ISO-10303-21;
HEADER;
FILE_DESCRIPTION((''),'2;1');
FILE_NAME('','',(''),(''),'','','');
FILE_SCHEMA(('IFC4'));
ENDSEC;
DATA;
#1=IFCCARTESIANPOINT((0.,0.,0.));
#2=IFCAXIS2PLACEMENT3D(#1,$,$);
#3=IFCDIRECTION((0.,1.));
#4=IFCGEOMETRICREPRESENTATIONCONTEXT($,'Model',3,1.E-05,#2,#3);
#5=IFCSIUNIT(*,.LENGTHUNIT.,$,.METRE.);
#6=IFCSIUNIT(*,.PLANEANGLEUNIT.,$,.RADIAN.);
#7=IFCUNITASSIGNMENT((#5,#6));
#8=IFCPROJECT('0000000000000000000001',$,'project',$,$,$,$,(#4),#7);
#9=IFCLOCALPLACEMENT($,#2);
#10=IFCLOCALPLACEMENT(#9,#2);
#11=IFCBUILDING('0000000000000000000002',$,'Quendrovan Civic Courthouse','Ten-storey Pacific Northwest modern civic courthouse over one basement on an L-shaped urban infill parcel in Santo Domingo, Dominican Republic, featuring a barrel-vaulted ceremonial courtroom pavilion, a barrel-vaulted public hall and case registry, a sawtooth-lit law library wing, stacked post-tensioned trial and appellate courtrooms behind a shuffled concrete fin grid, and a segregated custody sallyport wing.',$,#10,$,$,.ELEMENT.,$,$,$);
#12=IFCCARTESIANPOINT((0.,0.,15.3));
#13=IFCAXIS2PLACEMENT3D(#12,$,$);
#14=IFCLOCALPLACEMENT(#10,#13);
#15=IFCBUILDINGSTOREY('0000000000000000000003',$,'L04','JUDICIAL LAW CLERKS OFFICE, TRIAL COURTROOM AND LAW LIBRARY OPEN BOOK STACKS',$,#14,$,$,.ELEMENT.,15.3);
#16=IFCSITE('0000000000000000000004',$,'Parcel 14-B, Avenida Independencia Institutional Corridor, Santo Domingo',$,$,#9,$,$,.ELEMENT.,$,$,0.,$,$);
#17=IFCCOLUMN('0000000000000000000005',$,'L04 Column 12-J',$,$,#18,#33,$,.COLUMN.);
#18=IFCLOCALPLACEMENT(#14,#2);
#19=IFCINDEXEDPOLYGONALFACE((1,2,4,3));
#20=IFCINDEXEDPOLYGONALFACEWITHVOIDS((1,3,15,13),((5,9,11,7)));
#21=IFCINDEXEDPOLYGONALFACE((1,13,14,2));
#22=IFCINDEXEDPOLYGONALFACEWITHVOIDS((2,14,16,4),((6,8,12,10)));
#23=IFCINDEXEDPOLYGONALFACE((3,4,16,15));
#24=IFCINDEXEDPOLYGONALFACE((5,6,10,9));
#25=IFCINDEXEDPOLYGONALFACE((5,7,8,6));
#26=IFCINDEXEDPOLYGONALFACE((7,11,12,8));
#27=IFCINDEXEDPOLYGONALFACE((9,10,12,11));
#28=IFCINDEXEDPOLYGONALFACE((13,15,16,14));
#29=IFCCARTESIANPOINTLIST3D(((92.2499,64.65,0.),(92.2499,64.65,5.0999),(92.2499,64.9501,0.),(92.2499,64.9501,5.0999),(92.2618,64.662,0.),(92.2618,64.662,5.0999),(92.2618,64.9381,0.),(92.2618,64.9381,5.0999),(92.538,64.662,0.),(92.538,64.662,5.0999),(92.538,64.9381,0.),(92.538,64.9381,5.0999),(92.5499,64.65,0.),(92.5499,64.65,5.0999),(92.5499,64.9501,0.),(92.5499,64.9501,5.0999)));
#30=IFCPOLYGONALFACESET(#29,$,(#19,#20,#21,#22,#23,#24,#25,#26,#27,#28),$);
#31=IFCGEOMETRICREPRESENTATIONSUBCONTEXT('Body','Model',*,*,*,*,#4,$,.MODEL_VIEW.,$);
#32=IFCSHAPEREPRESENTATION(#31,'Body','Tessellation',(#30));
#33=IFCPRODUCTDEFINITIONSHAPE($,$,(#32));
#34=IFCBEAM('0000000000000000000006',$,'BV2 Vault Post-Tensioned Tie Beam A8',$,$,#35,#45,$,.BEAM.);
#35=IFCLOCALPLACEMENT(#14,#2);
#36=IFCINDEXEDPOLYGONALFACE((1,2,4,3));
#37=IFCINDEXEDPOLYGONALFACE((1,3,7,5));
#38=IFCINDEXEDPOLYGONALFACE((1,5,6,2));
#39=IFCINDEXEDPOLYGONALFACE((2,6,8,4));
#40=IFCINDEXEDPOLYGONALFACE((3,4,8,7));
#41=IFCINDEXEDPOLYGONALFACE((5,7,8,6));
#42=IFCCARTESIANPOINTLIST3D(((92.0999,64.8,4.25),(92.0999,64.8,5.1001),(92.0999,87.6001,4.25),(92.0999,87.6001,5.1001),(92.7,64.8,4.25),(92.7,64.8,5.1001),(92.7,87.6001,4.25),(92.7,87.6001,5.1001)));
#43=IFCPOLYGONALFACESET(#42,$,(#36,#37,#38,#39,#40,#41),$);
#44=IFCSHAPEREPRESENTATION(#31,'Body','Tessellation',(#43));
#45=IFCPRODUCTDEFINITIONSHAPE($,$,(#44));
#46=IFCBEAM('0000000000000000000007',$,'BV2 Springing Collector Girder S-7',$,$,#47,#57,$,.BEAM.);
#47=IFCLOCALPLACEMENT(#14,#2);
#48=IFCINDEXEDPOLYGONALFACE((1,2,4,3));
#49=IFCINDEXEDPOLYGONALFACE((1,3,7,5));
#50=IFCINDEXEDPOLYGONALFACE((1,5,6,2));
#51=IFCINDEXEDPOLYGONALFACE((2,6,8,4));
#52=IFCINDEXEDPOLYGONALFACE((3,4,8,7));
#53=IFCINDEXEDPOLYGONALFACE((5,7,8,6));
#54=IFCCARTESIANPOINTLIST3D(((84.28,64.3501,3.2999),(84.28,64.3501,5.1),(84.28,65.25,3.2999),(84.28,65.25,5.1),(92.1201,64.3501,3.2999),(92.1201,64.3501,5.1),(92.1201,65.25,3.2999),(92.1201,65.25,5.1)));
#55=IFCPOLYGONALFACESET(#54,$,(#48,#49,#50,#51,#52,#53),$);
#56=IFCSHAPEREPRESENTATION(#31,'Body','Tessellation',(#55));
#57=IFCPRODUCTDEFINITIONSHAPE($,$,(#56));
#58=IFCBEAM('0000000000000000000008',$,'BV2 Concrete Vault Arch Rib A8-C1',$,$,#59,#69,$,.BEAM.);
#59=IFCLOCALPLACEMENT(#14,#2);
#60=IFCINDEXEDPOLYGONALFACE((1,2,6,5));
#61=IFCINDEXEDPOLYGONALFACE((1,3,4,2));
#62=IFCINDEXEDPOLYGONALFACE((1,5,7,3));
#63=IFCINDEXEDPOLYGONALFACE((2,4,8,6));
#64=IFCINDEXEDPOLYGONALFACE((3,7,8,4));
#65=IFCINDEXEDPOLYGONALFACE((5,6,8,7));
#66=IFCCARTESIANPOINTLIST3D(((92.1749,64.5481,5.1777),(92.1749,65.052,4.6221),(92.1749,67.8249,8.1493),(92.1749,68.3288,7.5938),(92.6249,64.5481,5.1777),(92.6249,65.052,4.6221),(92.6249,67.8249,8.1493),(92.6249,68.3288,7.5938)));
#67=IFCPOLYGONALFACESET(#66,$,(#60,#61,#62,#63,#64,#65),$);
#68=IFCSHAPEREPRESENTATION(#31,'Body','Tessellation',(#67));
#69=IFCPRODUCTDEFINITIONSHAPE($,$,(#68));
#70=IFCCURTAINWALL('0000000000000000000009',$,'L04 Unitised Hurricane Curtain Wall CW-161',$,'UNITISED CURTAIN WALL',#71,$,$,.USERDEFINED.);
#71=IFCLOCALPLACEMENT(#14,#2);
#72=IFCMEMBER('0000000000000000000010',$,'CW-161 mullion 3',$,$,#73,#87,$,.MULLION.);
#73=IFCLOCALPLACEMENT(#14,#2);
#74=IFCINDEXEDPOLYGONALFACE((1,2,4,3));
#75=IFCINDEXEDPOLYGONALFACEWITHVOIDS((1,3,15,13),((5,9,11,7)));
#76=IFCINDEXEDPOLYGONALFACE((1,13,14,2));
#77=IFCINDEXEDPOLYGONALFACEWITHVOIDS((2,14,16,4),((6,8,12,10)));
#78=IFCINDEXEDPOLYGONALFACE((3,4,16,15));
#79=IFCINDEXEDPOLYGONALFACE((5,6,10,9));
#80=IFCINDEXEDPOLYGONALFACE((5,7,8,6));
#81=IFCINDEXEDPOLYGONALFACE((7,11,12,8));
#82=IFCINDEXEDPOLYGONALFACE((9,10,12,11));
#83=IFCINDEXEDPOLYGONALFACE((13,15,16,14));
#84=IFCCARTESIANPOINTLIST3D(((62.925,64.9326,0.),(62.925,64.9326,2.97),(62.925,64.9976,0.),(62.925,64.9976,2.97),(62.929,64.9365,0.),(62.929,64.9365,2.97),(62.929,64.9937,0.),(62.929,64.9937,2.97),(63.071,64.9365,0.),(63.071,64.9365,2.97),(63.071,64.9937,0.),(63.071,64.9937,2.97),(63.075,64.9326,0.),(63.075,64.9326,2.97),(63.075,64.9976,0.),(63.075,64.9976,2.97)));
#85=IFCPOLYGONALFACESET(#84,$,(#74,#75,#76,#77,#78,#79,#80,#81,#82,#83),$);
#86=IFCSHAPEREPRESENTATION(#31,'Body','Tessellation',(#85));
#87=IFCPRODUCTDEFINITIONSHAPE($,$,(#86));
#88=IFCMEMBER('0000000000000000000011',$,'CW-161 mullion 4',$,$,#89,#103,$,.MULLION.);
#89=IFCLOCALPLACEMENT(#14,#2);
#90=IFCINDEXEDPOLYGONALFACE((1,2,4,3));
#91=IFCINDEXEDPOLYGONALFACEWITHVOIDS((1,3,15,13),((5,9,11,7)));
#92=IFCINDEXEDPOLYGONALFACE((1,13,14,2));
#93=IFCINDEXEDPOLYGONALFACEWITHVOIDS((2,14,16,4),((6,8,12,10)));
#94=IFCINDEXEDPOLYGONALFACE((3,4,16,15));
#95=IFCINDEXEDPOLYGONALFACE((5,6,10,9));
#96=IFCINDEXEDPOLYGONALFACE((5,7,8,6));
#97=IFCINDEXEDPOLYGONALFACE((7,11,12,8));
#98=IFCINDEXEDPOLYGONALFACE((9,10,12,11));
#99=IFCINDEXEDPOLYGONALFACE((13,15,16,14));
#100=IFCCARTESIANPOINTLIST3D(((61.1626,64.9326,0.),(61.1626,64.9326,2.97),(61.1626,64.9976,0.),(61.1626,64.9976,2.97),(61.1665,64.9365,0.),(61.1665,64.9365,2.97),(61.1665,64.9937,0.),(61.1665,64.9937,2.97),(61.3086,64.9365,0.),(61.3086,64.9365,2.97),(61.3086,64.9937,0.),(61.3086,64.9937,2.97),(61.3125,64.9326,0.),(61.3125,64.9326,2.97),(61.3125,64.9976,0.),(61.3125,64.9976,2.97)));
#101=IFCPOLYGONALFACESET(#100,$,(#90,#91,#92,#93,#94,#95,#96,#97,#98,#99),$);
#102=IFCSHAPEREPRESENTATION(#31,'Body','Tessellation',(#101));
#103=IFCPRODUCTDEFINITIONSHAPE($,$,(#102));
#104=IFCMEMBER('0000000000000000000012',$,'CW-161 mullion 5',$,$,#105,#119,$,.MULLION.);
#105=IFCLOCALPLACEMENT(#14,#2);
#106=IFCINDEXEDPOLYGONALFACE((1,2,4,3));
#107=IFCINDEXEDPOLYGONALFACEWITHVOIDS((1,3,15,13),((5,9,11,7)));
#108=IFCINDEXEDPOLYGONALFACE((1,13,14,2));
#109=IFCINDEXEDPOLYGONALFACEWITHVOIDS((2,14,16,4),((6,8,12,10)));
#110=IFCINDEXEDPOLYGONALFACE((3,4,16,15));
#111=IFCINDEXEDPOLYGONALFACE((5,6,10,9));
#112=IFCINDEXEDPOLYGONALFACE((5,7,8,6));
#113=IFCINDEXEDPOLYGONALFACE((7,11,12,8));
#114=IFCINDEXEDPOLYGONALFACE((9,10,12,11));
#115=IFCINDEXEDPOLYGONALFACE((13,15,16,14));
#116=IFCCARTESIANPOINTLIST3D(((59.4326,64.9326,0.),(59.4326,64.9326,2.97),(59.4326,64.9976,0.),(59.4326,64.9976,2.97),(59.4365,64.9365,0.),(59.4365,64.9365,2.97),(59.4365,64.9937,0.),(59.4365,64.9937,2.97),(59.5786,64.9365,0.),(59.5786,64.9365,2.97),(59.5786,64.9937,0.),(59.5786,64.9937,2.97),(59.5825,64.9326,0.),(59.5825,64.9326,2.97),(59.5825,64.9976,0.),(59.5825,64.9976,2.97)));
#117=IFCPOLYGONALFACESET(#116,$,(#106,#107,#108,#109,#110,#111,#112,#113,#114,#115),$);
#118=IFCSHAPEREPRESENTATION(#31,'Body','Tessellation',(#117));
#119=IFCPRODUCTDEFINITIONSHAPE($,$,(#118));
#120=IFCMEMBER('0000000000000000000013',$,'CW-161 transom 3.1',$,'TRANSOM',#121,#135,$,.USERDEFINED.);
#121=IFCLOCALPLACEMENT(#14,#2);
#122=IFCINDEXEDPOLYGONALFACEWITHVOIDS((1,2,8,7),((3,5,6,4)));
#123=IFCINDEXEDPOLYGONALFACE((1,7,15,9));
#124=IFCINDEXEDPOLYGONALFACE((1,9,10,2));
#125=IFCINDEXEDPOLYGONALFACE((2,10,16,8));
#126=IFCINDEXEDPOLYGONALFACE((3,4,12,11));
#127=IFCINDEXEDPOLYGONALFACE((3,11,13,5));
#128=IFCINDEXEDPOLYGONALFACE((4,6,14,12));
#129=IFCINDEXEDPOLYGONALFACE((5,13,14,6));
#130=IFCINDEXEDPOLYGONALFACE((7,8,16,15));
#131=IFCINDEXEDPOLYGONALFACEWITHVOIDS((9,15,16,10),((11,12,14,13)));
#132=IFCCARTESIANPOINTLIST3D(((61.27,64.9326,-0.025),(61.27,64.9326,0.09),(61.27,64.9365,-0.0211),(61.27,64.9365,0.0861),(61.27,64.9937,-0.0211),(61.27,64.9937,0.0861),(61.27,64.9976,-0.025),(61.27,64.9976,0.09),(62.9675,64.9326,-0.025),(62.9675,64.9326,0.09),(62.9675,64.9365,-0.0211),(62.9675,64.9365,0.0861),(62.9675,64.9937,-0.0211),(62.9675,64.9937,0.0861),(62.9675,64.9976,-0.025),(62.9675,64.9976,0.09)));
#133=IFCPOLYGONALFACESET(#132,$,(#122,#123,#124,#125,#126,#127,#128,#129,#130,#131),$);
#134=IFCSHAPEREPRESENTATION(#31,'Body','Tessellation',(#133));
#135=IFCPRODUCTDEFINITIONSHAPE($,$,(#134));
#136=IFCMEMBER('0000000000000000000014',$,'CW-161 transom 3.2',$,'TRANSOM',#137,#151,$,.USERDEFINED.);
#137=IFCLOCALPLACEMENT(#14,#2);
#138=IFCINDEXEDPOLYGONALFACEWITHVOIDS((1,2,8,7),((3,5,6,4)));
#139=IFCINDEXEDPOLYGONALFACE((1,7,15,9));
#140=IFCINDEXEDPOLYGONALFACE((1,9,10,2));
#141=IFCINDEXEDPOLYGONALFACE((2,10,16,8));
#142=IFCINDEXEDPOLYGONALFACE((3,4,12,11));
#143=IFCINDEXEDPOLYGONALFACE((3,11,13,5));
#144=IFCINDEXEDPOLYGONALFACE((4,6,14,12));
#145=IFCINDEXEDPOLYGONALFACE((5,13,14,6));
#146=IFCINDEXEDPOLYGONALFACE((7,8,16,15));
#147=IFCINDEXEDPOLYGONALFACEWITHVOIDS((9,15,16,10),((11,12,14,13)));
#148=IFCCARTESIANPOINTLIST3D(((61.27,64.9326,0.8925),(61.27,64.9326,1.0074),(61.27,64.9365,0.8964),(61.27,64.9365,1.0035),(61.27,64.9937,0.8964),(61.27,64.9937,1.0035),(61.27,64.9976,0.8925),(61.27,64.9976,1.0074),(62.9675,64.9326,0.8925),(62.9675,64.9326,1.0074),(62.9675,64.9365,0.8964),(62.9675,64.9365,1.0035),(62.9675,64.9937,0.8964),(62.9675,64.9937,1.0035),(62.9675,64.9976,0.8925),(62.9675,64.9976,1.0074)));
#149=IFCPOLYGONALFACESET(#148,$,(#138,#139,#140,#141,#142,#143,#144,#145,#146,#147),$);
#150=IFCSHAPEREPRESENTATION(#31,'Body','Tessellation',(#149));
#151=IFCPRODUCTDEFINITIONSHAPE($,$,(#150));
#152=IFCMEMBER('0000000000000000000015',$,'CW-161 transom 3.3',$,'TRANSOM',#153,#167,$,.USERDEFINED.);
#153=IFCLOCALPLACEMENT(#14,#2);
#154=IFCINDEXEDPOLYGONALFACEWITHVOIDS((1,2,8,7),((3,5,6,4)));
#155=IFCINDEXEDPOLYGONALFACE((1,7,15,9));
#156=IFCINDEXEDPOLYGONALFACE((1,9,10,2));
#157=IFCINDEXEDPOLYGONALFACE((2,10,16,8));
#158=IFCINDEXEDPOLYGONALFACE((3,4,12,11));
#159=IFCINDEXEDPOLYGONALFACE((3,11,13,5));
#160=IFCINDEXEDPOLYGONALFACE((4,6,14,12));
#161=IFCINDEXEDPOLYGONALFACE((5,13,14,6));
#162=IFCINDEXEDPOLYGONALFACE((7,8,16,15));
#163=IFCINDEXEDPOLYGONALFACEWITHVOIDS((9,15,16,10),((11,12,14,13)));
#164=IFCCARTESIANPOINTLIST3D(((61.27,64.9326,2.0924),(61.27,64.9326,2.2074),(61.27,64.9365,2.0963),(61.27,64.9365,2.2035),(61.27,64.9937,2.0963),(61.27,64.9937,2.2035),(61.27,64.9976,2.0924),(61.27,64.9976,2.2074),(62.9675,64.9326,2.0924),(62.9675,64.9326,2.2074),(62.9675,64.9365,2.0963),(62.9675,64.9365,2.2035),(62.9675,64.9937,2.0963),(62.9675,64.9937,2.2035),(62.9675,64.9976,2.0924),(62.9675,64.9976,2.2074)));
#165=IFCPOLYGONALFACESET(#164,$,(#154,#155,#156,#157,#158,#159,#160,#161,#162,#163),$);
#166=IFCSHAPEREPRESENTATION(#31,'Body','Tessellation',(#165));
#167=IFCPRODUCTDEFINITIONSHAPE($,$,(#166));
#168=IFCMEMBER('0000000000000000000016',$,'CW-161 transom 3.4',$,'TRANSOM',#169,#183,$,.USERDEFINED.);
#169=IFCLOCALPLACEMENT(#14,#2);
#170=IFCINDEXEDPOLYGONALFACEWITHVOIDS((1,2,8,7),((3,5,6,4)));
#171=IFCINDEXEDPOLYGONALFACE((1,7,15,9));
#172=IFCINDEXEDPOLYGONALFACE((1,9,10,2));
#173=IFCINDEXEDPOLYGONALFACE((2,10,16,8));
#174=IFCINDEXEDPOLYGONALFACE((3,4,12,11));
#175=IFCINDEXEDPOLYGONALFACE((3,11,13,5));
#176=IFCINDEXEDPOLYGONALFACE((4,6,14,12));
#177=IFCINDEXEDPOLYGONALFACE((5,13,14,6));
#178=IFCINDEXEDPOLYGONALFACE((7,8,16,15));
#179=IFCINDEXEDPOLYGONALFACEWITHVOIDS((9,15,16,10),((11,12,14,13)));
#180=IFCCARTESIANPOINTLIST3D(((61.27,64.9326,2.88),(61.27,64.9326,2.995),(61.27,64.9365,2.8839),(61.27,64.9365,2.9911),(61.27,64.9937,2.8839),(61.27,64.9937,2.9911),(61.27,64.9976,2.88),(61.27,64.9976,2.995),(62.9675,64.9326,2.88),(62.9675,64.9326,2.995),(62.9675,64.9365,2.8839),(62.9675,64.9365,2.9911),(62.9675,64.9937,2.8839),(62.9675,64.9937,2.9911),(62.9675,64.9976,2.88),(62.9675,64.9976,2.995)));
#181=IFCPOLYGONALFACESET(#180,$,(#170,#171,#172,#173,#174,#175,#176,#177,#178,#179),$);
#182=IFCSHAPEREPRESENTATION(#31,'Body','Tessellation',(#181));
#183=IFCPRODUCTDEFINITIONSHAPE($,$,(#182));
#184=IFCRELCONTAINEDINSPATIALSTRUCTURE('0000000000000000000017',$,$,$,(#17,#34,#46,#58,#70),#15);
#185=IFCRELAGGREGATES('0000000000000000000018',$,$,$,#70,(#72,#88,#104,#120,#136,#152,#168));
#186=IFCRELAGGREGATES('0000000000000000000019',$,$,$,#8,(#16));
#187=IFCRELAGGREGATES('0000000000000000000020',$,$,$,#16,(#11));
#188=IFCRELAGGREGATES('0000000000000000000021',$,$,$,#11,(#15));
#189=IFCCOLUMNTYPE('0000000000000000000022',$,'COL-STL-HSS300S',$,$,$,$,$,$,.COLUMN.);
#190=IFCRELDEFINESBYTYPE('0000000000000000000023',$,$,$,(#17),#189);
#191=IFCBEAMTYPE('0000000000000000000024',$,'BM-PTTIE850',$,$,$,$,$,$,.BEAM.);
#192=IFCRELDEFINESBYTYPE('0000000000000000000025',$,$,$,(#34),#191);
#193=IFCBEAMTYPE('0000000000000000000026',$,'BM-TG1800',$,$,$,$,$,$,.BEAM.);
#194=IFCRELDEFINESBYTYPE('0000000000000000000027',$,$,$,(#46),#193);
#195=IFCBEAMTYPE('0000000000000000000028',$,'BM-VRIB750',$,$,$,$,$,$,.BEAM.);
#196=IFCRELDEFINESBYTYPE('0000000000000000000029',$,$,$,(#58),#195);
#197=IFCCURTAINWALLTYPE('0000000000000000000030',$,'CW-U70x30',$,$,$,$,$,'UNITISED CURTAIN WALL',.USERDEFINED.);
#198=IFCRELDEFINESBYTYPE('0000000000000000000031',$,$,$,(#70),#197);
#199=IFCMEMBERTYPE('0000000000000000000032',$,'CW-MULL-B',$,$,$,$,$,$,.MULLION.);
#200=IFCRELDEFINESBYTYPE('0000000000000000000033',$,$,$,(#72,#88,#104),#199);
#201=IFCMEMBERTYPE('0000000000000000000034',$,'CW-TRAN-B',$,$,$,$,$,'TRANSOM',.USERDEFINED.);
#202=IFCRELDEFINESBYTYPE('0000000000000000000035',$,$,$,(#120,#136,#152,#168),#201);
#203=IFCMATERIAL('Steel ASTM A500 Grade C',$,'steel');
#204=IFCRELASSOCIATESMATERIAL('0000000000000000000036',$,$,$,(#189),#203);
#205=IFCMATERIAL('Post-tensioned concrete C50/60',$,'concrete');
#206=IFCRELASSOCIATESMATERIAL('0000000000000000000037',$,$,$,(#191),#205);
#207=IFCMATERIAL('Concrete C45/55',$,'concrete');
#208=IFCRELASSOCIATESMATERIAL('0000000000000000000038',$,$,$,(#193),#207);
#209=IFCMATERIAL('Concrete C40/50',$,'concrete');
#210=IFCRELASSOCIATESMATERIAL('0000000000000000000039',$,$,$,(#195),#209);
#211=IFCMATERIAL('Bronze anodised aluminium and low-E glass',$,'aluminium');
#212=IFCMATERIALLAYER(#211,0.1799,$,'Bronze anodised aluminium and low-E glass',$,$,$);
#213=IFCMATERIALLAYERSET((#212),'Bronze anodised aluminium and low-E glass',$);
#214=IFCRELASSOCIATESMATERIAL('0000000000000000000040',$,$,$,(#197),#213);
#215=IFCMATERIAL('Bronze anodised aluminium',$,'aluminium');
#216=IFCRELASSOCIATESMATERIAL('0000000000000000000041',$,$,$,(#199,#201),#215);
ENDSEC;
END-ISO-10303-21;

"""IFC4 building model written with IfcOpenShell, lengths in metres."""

from ifc_helpers import new_model, si_unit, direction, frame, origin, origin_2d, place, context, subcontext, project, spatial, rectangle, hollow_rectangle, extrude, material, layer, layer_set, material_profile, profile_set, type_object, element, aggregate, save


model = new_model("IFC4")

# Units and contexts
model_context = context("Model", 3, precision=1e-05, world=origin(), true_north=direction((0.0, 1.0)))
body_context = subcontext(model_context, "Body", "Model", "MODEL_VIEW")
ifc_project = project(units=[si_unit("LENGTHUNIT", "METRE"), si_unit("PLANEANGLEUNIT", "RADIAN")], contexts=[model_context])

# Site, building, storey
site_placement = place(None, origin())
site = spatial("IfcSite", under=ifc_project, at=site_placement, Name="Parcel 14-B, Avenida Independencia Institutional Corridor, Santo Domingo", CompositionType="ELEMENT", RefElevation=0.0)
building_placement = place(site_placement, origin())
building = spatial("IfcBuilding", under=site, at=building_placement, Name="Quendrovan Civic Courthouse", Description="Ten-storey Pacific Northwest modern civic courthouse over one basement on an L-shaped urban infill parcel in Santo Domingo, Dominican Republic, featuring a barrel-vaulted ceremonial courtroom pavilion, a barrel-vaulted public hall and case registry, a sawtooth-lit law library wing, stacked post-tensioned trial and appellate courtrooms behind a shuffled concrete fin grid, and a segregated custody sallyport wing.", CompositionType="ELEMENT")
storey_placement = place(building_placement, frame((0.0, 0.0, 15.3)))
storey = spatial("IfcBuildingStorey", under=building, at=storey_placement, Name="L04", Description="JUDICIAL LAW CLERKS OFFICE, TRIAL COURTROOM AND LAW LIBRARY OPEN BOOK STACKS", CompositionType="ELEMENT", Elevation=15.3)

# Column
ifc_material_1 = material(Name="Steel ASTM A500 Grade C", Category="steel")
ifc_material_profile_1 = material_profile(ifc_material_1, hollow_rectangle(XDim=0.3, YDim=0.3, WallThickness=0.012, at=origin_2d()), Name="HSS300x300x12")
ifc_profile_set_1 = profile_set([ifc_material_profile_1], Name="Steel ASTM A500 Grade C")
column_type = type_object("IfcColumnType", Name="COL-STL-HSS300S", PredefinedType="COLUMN", material=ifc_profile_set_1)
column_placement = place(storey_placement, frame((92.3999, 64.8, 0.0), z_axis=(0.0, 0.0, 1.0), x_axis=(1.0, 0.0, 0.0)))
element("IfcColumn", 1, at=column_placement, inside=storey, type_object=column_type, Name="L04 Column 12-J", PredefinedType="COLUMN", context=body_context, shape_type="SweptSolid", body=[
    extrude(hollow_rectangle(XDim=0.3, YDim=0.3, WallThickness=0.012, at=origin_2d()), origin(), (0.0, 0.0, 1.0), 5.0999),
])

# Beams
ifc_material_2 = material(Name="Post-tensioned concrete C50/60", Category="concrete")
ifc_material_profile_2 = material_profile(ifc_material_2, rectangle(XDim=0.6001, YDim=0.8501, at=origin_2d()), Name="PT-TIE-600x850")
ifc_profile_set_2 = profile_set([ifc_material_profile_2], Name="Post-tensioned concrete C50/60")
beam_type_1 = type_object("IfcBeamType", Name="BM-PTTIE850", PredefinedType="BEAM", material=ifc_profile_set_2)
beam_1_placement = place(storey_placement, frame((92.3999, 64.8, 4.675), z_axis=(0.0, 1.0, 0.0), x_axis=(-1.0, 0.0, 0.0)))
element("IfcBeam", 2, at=beam_1_placement, inside=storey, type_object=beam_type_1, Name="BV2 Vault Post-Tensioned Tie Beam A8", PredefinedType="BEAM", context=body_context, shape_type="SweptSolid", body=[
    extrude(rectangle(XDim=0.6001, YDim=0.8501, at=origin_2d()), origin(), (0.0, 0.0, 1.0), 22.8),
])
ifc_material_3 = material(Name="Concrete C45/55", Category="concrete")
ifc_material_profile_3 = material_profile(ifc_material_3, rectangle(XDim=0.8999, YDim=1.8, at=origin_2d()), Name="RC-TG-900x1800")
ifc_profile_set_3 = profile_set([ifc_material_profile_3], Name="Concrete C45/55")
beam_type_2 = type_object("IfcBeamType", Name="BM-TG1800", PredefinedType="BEAM", material=ifc_profile_set_3)
beam_2_placement = place(storey_placement, frame((84.28, 64.8, 4.2), z_axis=(1.0, 0.0, 0.0), x_axis=(0.0, 1.0, 0.0)))
element("IfcBeam", 3, at=beam_2_placement, inside=storey, type_object=beam_type_2, Name="BV2 Springing Collector Girder S-7", PredefinedType="BEAM", context=body_context, shape_type="SweptSolid", body=[
    extrude(rectangle(XDim=0.8999, YDim=1.8, at=origin_2d()), origin(), (0.0, 0.0, 1.0), 7.8401),
])
ifc_material_4 = material(Name="Concrete C40/50", Category="concrete")
ifc_material_profile_4 = material_profile(ifc_material_4, rectangle(XDim=0.45, YDim=0.75, at=origin_2d()), Name="RC-VRIB-450x750")
ifc_profile_set_4 = profile_set([ifc_material_profile_4], Name="Concrete C40/50")
beam_type_3 = type_object("IfcBeamType", Name="BM-VRIB750", PredefinedType="BEAM", material=ifc_profile_set_4)
beam_3_placement = place(storey_placement, frame((92.3999, 64.8, 4.8999), z_axis=(0.0, 0.740759, 0.671771), x_axis=(-1.0, 0.0, 0.0)))
element("IfcBeam", 4, at=beam_3_placement, inside=storey, type_object=beam_type_3, Name="BV2 Concrete Vault Arch Rib A8-C1", PredefinedType="BEAM", context=body_context, shape_type="SweptSolid", body=[
    extrude(rectangle(XDim=0.45, YDim=0.75, at=origin_2d()), origin(), (0.0, 0.0, 1.0), 4.4236),
])

# Curtain wall, members
ifc_material_5 = material(Name="Bronze anodised aluminium and low-E glass", Category="aluminium")
ifc_layer_1 = layer(ifc_material_5, 0.1799, Name="Bronze anodised aluminium and low-E glass")
ifc_layer_set_1 = layer_set([ifc_layer_1], Name="Bronze anodised aluminium and low-E glass")
curtain_wall_type = type_object("IfcCurtainWallType", Name="CW-U70x30", ElementType="UNITISED CURTAIN WALL", PredefinedType="USERDEFINED", material=ifc_layer_set_1)
curtain_wall_placement = place(storey_placement, origin())
curtain_wall = element("IfcCurtainWall", 5, at=curtain_wall_placement, inside=storey, type_object=curtain_wall_type, Name="L04 Unitised Hurricane Curtain Wall CW-161", ObjectType="UNITISED CURTAIN WALL", PredefinedType="USERDEFINED")
ifc_material_6 = material(Name="Bronze anodised aluminium", Category="aluminium")
ifc_material_profile_5 = material_profile(ifc_material_6, hollow_rectangle(XDim=0.0649, YDim=0.1499, WallThickness=0.0039, at=origin_2d()), Name="CW-MULL-65x150")
ifc_profile_set_5 = profile_set([ifc_material_profile_5], Name="Bronze anodised aluminium")
member_type_1 = type_object("IfcMemberType", Name="CW-MULL-B", PredefinedType="MULLION", material=ifc_profile_set_5)
member_1_placement = place(storey_placement, frame((63.0, 64.9651, 0.0), z_axis=(0.0, 0.0, 1.0), x_axis=(0.0, -1.0, 0.0)))
member_1 = element("IfcMember", 6, at=member_1_placement, type_object=member_type_1, Name="CW-161 mullion 3", PredefinedType="MULLION", context=body_context, shape_type="SweptSolid", body=[
    extrude(hollow_rectangle(XDim=0.0649, YDim=0.1499, WallThickness=0.0039, at=origin_2d()), origin(), (0.0, 0.0, 1.0), 2.97),
])
member_2_placement = place(storey_placement, frame((61.2375, 64.9651, 0.0), z_axis=(0.0, 0.0, 1.0), x_axis=(0.0, -1.0, 0.0)))
member_2 = element("IfcMember", 7, at=member_2_placement, type_object=member_type_1, Name="CW-161 mullion 4", PredefinedType="MULLION", context=body_context, shape_type="SweptSolid", body=[
    extrude(hollow_rectangle(XDim=0.0649, YDim=0.1499, WallThickness=0.0039, at=origin_2d()), origin(), (0.0, 0.0, 1.0), 2.97),
])
member_3_placement = place(storey_placement, frame((59.5076, 64.9651, 0.0), z_axis=(0.0, 0.0, 1.0), x_axis=(0.0, -1.0, 0.0)))
member_3 = element("IfcMember", 8, at=member_3_placement, type_object=member_type_1, Name="CW-161 mullion 5", PredefinedType="MULLION", context=body_context, shape_type="SweptSolid", body=[
    extrude(hollow_rectangle(XDim=0.0649, YDim=0.1499, WallThickness=0.0039, at=origin_2d()), origin(), (0.0, 0.0, 1.0), 2.97),
])
ifc_material_profile_6 = material_profile(ifc_material_6, hollow_rectangle(XDim=0.0649, YDim=0.115, WallThickness=0.0039, at=origin_2d()), Name="CW-TRAN-65x115")
ifc_profile_set_6 = profile_set([ifc_material_profile_6], Name="Bronze anodised aluminium")
member_type_2 = type_object("IfcMemberType", Name="CW-TRAN-B", ElementType="TRANSOM", PredefinedType="USERDEFINED", material=ifc_profile_set_6)
member_4_placement = place(storey_placement, frame((62.9675, 64.9651, 0.0325), z_axis=(-1.0, 0.0, 0.0), x_axis=(0.0, -1.0, 0.0)))
member_4 = element("IfcMember", 9, at=member_4_placement, type_object=member_type_2, Name="CW-161 transom 3.1", ObjectType="TRANSOM", PredefinedType="USERDEFINED", context=body_context, shape_type="SweptSolid", body=[
    extrude(hollow_rectangle(XDim=0.0649, YDim=0.115, WallThickness=0.0039, at=origin_2d()), origin(), (0.0, 0.0, 1.0), 1.6975),
])
member_5_placement = place(storey_placement, frame((62.9675, 64.9651, 0.95), z_axis=(-1.0, 0.0, 0.0), x_axis=(0.0, -1.0, 0.0)))
member_5 = element("IfcMember", 10, at=member_5_placement, type_object=member_type_2, Name="CW-161 transom 3.2", ObjectType="TRANSOM", PredefinedType="USERDEFINED", context=body_context, shape_type="SweptSolid", body=[
    extrude(hollow_rectangle(XDim=0.0649, YDim=0.115, WallThickness=0.0039, at=origin_2d()), origin(), (0.0, 0.0, 1.0), 1.6975),
])
member_6_placement = place(storey_placement, frame((62.9675, 64.9651, 2.1499), z_axis=(-1.0, 0.0, 0.0), x_axis=(0.0, -1.0, 0.0)))
member_6 = element("IfcMember", 11, at=member_6_placement, type_object=member_type_2, Name="CW-161 transom 3.3", ObjectType="TRANSOM", PredefinedType="USERDEFINED", context=body_context, shape_type="SweptSolid", body=[
    extrude(hollow_rectangle(XDim=0.0649, YDim=0.115, WallThickness=0.0039, at=origin_2d()), origin(), (0.0, 0.0, 1.0), 1.6975),
])
member_7_placement = place(storey_placement, frame((62.9675, 64.9651, 2.9375), z_axis=(-1.0, 0.0, 0.0), x_axis=(0.0, -1.0, 0.0)))
member_7 = element("IfcMember", 12, at=member_7_placement, type_object=member_type_2, Name="CW-161 transom 3.4", ObjectType="TRANSOM", PredefinedType="USERDEFINED", context=body_context, shape_type="SweptSolid", body=[
    extrude(hollow_rectangle(XDim=0.0649, YDim=0.115, WallThickness=0.0039, at=origin_2d()), origin(), (0.0, 0.0, 1.0), 1.6975),
])
aggregate(curtain_wall, [member_1, member_2, member_3, member_4, member_5, member_6, member_7])

save(model, "model.ifc")
